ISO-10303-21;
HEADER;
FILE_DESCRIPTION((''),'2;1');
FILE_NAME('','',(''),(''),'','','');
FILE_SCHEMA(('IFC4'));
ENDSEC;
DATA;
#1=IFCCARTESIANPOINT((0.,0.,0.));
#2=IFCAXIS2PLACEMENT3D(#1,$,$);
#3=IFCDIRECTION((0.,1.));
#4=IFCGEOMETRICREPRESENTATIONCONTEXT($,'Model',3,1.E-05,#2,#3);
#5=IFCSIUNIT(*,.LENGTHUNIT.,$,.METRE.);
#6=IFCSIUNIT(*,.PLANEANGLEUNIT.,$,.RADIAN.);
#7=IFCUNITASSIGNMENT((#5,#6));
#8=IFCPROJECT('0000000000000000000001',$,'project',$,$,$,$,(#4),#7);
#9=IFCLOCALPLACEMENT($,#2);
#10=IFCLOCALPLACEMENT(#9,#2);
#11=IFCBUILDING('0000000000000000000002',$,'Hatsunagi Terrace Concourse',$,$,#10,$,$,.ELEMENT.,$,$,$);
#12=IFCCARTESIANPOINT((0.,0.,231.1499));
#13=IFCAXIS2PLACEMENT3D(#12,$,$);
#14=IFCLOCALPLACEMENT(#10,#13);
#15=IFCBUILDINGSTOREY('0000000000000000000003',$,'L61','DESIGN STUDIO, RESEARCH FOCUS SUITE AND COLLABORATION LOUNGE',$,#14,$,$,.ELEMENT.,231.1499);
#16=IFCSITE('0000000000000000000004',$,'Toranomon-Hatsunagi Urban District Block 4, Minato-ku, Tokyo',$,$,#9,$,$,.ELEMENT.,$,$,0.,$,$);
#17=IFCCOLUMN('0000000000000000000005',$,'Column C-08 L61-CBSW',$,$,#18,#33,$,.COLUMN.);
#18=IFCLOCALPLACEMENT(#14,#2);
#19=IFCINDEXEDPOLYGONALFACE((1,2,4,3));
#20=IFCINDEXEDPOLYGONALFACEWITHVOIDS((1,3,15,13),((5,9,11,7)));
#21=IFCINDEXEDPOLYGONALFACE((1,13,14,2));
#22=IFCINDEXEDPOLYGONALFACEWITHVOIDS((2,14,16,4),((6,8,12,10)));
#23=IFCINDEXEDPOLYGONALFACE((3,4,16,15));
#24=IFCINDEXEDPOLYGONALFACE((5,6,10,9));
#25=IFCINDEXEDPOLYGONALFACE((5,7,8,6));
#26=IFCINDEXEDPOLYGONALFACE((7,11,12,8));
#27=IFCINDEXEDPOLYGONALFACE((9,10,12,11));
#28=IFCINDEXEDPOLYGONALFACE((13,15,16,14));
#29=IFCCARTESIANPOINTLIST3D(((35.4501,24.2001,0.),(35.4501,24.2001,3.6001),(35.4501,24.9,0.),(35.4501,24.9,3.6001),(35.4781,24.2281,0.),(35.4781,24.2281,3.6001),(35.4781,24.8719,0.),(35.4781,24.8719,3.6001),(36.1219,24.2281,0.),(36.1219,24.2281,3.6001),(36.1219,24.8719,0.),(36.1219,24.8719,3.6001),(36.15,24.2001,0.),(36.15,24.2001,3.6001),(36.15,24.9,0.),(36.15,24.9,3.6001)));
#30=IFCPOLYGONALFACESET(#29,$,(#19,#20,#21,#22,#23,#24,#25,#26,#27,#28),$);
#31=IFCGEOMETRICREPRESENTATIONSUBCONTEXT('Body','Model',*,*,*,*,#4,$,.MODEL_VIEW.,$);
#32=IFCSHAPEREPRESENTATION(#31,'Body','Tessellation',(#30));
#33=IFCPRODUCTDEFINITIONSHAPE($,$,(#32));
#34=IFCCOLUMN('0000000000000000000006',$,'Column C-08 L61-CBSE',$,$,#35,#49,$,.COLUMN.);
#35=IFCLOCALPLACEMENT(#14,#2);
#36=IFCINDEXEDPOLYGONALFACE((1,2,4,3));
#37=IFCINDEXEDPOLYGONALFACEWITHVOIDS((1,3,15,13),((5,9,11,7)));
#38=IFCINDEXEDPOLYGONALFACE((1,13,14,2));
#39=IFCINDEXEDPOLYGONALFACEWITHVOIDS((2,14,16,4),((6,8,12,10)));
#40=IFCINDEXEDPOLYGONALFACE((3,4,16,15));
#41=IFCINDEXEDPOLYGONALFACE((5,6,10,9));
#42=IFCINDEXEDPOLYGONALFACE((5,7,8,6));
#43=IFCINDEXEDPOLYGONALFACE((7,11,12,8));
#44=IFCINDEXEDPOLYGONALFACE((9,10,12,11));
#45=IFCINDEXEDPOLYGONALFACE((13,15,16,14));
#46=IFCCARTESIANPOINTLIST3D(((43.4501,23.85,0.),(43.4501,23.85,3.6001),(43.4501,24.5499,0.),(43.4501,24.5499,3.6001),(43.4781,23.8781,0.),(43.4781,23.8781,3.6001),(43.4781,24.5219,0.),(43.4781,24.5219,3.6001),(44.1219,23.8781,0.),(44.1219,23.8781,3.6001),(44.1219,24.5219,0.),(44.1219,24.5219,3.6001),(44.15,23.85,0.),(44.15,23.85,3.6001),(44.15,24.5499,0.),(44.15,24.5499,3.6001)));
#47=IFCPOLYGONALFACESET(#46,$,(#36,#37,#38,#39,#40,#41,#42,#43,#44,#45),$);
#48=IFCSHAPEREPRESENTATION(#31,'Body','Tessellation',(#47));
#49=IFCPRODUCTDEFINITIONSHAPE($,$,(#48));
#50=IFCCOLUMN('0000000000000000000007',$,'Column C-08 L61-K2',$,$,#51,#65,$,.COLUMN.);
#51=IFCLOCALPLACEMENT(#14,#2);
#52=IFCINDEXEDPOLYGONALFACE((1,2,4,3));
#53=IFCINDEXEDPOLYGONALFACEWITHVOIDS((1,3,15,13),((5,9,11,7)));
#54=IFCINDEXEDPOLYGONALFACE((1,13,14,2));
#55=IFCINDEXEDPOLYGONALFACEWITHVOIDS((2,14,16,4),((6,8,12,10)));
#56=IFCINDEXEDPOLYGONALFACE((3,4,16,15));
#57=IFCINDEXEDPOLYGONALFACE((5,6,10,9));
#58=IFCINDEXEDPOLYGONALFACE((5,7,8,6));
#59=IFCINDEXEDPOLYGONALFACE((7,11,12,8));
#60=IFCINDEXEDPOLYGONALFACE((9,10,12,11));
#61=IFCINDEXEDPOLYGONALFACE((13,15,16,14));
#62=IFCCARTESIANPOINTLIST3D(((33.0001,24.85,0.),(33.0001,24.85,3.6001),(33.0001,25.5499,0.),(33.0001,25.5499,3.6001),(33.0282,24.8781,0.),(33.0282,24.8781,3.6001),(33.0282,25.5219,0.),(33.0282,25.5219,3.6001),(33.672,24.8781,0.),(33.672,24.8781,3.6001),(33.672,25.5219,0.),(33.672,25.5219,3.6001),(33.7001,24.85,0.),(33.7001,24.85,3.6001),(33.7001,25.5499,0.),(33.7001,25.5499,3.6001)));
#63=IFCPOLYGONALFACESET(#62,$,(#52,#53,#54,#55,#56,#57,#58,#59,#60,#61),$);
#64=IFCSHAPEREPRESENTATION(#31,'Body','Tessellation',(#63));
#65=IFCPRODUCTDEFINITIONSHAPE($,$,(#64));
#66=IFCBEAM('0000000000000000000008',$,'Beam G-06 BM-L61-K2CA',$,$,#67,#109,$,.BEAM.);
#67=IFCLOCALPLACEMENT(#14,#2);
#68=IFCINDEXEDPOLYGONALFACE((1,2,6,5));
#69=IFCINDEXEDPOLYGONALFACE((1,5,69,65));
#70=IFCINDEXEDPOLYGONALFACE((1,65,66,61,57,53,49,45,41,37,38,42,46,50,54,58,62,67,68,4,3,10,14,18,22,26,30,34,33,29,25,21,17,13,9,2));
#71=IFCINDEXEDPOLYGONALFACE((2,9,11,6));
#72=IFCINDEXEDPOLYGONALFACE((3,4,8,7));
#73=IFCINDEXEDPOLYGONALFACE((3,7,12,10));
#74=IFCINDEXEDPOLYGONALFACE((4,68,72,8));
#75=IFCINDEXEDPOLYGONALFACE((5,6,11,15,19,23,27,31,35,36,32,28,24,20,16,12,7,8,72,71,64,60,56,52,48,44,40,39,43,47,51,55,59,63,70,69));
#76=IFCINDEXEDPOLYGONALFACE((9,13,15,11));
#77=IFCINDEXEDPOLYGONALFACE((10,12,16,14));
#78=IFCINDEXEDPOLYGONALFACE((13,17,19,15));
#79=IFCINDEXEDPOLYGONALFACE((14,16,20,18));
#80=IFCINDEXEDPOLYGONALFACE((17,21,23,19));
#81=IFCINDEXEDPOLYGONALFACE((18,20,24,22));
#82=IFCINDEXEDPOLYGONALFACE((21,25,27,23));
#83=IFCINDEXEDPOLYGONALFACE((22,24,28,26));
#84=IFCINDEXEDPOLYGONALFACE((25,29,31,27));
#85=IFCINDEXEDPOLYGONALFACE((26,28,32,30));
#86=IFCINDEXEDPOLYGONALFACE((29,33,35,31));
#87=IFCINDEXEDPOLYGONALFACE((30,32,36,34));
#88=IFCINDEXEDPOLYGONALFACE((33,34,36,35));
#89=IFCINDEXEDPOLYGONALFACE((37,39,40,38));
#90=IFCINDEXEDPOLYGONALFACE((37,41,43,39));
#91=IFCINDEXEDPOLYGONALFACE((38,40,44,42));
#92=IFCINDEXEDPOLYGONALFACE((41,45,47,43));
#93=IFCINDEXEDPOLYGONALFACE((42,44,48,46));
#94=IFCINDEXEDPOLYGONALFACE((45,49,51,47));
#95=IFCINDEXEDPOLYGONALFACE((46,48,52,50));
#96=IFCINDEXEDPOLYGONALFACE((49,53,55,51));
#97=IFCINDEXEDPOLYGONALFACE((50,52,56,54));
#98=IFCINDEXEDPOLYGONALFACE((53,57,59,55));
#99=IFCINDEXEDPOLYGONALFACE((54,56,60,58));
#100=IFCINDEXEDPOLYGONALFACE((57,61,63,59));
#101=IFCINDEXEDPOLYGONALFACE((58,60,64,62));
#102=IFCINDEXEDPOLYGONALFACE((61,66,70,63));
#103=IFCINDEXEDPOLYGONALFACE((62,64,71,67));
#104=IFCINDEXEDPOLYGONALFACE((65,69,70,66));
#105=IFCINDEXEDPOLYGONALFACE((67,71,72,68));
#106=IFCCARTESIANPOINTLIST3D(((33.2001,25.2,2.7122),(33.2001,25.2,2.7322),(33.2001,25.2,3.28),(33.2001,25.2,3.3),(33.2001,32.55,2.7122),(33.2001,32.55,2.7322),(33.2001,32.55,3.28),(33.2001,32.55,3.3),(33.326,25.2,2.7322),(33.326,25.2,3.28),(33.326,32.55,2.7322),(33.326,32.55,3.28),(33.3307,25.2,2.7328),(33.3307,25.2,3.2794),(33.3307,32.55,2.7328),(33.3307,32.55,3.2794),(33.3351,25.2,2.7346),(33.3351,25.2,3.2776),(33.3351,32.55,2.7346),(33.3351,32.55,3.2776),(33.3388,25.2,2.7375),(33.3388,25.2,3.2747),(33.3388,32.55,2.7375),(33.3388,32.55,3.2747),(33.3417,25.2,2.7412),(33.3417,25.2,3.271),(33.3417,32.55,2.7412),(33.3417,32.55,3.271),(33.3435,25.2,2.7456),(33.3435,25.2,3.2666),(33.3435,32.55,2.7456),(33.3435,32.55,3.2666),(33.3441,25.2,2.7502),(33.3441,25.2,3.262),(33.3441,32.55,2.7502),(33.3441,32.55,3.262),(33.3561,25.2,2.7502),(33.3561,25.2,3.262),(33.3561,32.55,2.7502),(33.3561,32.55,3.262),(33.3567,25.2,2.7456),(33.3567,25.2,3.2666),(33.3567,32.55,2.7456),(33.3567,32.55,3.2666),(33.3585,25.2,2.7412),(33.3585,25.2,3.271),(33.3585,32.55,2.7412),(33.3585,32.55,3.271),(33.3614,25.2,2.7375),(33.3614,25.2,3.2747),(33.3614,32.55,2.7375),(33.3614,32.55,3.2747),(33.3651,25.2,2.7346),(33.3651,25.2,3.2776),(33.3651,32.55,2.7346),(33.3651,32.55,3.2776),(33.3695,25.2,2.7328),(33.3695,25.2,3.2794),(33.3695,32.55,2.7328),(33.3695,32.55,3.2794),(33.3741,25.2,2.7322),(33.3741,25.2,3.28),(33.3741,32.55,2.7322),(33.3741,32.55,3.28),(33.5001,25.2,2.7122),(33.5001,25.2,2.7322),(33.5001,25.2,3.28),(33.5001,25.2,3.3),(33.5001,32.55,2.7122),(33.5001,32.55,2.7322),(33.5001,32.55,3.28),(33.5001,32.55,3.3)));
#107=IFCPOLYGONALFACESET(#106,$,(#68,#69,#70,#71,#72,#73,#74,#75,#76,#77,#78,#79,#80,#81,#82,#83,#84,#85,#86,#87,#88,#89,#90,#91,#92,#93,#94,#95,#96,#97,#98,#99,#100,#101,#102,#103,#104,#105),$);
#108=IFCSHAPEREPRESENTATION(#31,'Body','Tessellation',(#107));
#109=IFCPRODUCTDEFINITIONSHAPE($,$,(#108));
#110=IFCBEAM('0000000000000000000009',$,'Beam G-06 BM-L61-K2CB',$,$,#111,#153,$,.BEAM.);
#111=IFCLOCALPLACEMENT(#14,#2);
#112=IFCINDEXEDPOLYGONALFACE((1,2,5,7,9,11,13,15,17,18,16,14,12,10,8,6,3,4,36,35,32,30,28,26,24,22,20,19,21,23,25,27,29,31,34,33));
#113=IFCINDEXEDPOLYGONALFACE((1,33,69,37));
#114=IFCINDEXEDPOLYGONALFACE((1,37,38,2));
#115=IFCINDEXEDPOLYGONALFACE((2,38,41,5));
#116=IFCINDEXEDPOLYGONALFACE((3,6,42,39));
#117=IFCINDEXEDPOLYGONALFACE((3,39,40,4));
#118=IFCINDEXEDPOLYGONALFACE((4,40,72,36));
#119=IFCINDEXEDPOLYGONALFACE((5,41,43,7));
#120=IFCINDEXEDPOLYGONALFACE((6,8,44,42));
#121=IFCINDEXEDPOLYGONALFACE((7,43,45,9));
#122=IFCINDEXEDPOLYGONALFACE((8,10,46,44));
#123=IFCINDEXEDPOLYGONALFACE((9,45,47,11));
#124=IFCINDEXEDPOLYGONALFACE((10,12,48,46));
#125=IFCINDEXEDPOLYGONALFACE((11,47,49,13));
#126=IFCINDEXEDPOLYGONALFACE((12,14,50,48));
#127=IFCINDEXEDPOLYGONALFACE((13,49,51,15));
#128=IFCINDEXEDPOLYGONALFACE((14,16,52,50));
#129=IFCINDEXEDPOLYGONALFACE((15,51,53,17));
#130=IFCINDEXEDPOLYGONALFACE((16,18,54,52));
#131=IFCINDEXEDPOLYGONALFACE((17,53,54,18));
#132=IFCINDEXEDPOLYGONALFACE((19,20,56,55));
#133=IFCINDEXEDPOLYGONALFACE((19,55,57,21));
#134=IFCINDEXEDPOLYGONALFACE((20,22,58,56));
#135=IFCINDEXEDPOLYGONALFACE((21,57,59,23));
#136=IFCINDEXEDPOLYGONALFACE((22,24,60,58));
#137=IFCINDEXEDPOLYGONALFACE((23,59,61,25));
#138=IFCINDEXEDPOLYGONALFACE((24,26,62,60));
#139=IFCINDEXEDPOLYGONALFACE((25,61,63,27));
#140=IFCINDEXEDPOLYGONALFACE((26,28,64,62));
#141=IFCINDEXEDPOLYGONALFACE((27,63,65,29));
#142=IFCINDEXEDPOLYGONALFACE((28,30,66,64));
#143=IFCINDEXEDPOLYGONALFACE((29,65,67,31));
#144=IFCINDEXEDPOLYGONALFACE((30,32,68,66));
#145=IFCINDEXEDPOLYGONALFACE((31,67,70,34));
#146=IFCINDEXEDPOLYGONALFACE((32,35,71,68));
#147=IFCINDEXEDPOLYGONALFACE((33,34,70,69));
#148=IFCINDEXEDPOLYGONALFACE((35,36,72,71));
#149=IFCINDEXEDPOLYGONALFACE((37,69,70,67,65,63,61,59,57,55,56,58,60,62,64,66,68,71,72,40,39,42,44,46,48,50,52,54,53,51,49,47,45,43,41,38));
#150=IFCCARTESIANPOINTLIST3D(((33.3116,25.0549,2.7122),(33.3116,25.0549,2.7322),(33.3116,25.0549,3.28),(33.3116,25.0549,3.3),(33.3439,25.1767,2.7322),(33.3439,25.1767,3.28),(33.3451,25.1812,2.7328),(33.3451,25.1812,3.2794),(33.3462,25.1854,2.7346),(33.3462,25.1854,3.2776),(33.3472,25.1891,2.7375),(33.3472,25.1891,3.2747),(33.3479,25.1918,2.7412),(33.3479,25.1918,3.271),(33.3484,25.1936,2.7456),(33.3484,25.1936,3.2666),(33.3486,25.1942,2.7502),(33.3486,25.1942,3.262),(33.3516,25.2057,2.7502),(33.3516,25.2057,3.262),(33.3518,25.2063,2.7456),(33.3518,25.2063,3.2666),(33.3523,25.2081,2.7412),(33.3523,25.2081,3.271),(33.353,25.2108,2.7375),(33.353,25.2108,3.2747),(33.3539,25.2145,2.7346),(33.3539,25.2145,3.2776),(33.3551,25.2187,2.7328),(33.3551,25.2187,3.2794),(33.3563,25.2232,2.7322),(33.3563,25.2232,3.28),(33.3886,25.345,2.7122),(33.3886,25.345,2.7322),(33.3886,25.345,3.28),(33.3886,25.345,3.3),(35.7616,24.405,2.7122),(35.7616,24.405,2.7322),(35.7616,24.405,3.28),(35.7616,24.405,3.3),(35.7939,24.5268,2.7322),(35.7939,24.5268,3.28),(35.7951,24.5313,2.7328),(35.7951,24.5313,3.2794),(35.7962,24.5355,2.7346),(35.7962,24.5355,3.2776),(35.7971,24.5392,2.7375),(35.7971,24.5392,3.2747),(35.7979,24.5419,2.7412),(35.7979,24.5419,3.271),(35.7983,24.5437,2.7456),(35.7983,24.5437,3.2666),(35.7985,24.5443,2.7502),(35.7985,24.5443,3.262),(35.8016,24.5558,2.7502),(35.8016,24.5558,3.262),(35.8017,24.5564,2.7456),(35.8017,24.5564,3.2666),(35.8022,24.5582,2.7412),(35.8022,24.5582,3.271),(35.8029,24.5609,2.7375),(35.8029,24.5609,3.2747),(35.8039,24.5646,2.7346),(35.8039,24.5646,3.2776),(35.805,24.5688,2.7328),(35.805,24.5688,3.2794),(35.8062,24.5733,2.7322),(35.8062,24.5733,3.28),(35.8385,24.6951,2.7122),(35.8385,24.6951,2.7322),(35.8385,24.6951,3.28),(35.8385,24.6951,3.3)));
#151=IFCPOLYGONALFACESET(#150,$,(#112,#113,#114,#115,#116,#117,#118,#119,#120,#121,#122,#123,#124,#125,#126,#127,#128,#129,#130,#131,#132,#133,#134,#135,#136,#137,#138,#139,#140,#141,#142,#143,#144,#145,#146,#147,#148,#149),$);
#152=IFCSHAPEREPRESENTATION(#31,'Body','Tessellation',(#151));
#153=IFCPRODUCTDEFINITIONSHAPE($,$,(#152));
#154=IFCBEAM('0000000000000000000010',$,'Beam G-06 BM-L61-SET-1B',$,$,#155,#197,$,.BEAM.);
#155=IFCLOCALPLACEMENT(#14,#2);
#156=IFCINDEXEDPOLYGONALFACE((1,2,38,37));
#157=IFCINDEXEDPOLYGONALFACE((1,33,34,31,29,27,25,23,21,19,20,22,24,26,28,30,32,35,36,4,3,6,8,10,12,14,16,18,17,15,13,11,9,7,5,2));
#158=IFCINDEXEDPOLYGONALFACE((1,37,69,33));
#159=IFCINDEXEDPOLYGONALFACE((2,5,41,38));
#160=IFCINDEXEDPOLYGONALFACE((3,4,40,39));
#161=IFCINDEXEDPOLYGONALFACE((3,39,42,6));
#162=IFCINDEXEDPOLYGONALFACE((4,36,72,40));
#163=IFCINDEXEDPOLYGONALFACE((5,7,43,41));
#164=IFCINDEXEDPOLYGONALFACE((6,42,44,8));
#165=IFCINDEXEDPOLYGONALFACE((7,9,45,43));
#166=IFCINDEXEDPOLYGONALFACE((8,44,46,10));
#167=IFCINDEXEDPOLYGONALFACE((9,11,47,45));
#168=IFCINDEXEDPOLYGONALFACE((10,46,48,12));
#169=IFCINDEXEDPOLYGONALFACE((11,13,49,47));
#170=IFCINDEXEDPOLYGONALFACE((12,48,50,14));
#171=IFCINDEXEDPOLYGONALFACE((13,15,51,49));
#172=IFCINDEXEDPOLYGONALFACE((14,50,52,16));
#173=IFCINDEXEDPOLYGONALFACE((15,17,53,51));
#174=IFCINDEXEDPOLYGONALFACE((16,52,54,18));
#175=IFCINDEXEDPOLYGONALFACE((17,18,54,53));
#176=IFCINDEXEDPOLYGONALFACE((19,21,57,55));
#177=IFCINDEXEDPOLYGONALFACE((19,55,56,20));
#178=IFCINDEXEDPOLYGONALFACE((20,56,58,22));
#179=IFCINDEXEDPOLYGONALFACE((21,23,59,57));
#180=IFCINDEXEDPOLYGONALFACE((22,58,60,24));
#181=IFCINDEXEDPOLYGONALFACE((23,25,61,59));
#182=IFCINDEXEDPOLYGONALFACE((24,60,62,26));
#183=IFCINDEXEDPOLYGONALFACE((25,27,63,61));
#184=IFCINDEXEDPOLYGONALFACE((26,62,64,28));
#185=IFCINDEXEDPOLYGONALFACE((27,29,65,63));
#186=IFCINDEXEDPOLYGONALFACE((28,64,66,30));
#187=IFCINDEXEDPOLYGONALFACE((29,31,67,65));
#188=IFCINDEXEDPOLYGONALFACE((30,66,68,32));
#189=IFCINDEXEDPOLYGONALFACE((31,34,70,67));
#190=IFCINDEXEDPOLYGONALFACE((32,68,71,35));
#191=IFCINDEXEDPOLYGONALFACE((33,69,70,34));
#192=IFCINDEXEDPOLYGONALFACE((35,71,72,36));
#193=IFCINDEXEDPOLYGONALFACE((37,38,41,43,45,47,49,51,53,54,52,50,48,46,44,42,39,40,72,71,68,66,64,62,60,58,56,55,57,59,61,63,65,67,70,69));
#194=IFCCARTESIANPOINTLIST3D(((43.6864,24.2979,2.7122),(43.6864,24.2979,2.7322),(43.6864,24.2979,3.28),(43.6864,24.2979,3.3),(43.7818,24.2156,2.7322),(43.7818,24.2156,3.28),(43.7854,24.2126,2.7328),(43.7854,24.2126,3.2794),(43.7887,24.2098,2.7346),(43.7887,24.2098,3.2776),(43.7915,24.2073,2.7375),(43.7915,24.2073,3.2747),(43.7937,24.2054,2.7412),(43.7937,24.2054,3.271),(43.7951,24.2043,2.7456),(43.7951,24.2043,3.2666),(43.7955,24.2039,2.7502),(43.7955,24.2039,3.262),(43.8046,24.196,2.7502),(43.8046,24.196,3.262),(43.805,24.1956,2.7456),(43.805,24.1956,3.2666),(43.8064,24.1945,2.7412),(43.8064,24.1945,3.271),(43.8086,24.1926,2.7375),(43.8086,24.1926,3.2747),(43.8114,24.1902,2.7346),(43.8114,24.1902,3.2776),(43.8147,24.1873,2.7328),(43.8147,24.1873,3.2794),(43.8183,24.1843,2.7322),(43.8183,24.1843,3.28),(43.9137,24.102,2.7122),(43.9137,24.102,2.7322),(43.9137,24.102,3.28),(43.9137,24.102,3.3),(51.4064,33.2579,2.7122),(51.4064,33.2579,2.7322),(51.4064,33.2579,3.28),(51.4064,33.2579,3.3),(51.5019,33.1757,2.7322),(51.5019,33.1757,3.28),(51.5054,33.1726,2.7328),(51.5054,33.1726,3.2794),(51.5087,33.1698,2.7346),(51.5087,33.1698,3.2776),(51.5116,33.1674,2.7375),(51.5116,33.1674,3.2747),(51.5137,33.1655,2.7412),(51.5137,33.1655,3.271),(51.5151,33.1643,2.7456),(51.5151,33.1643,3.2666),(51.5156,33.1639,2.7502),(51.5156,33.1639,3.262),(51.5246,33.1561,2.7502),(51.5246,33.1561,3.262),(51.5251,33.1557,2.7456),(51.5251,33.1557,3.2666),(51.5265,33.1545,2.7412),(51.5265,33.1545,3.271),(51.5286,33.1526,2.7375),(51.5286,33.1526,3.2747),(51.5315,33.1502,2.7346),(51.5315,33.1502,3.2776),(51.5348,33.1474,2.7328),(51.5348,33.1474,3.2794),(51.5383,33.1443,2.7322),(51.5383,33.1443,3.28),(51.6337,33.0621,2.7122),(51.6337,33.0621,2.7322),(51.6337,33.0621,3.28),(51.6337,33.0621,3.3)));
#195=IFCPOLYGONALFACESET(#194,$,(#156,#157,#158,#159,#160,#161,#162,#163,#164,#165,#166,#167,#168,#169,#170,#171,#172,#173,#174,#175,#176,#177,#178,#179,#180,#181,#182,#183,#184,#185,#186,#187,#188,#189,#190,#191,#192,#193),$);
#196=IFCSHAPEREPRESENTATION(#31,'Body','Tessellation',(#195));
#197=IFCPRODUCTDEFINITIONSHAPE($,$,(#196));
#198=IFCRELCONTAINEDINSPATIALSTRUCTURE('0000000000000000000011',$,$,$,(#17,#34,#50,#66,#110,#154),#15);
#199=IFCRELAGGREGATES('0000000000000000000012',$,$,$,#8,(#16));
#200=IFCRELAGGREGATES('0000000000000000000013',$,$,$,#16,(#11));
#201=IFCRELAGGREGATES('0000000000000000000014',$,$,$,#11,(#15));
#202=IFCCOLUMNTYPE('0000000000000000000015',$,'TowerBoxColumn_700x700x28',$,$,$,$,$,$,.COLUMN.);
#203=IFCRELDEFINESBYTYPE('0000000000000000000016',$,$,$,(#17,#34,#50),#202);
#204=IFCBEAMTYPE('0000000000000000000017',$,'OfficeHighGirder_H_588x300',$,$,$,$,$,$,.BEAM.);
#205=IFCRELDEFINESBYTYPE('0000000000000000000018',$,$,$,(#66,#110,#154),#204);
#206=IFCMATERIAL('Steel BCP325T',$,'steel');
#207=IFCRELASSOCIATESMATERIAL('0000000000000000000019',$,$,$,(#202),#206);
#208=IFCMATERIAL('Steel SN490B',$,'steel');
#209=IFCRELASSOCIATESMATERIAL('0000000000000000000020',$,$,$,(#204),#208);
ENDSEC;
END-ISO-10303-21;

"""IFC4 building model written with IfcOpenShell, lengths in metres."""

from ifc_helpers import new_model, si_unit, direction, frame, origin, origin_2d, place, context, subcontext, project, spatial, hollow_rectangle, i_section, extrude, material, material_profile, profile_set, type_object, element, save


model = new_model("IFC4")

# Units and contexts
model_context = context("Model", 3, precision=1e-05, world=origin(), true_north=direction((0.0, 1.0)))
body_context = subcontext(model_context, "Body", "Model", "MODEL_VIEW")
ifc_project = project(units=[si_unit("LENGTHUNIT", "METRE"), si_unit("PLANEANGLEUNIT", "RADIAN")], contexts=[model_context])

# Site, building, storey
site_placement = place(None, origin())
site = spatial("IfcSite", under=ifc_project, at=site_placement, Name="Toranomon-Hatsunagi Urban District Block 4, Minato-ku, Tokyo", CompositionType="ELEMENT", RefElevation=0.0)
building_placement = place(site_placement, origin())
building = spatial("IfcBuilding", under=site, at=building_placement, Name="Hatsunagi Terrace Concourse", CompositionType="ELEMENT")
storey_placement = place(building_placement, frame((0.0, 0.0, 231.1499)))
storey = spatial("IfcBuildingStorey", under=building, at=storey_placement, Name="L61", Description="DESIGN STUDIO, RESEARCH FOCUS SUITE AND COLLABORATION LOUNGE", CompositionType="ELEMENT", Elevation=231.1499)

# Columns
ifc_material_1 = material(Name="Steel BCP325T", Category="steel")
ifc_material_profile_1 = material_profile(ifc_material_1, hollow_rectangle(XDim=0.7, YDim=0.7, WallThickness=0.0281, at=origin_2d()), Name="BCP-700x700x28")
ifc_profile_set_1 = profile_set([ifc_material_profile_1], Name="Steel BCP325T")
column_type = type_object("IfcColumnType", Name="TowerBoxColumn_700x700x28", PredefinedType="COLUMN", material=ifc_profile_set_1)
for number, where, z_axis, x_axis, name in (
    (1, (35.8, 24.55, 0.0), (0.0, 0.0, 1.0), (1.0, 0.0, 0.0), "Column C-08 L61-CBSW"),
    (2, (43.8, 24.2, 0.0), (0.0, 0.0, 1.0), (1.0, 0.0, 0.0), "Column C-08 L61-CBSE"),
    (3, (33.3501, 25.2, 0.0), (0.0, 0.0, 1.0), (1.0, 0.0, 0.0), "Column C-08 L61-K2"),
):
    element("IfcColumn", number, at=place(storey_placement, frame(where, z_axis=z_axis, x_axis=x_axis)), inside=storey, type_object=column_type, Name=name, PredefinedType="COLUMN", context=body_context, shape_type="SweptSolid", body=[
        extrude(hollow_rectangle(XDim=0.7, YDim=0.7, WallThickness=0.0281, at=origin_2d()), origin(), (0.0, 0.0, 1.0), 3.6001),
    ])

# Beams
ifc_material_2 = material(Name="Steel SN490B", Category="steel")
ifc_material_profile_2 = material_profile(ifc_material_2, i_section(OverallWidth=0.3, OverallDepth=0.5879, WebThickness=0.012, FlangeThickness=0.02, FilletRadius=0.0181, at=origin_2d()), Name="H-588x300x12x20")
ifc_profile_set_2 = profile_set([ifc_material_profile_2], Name="Steel SN490B")
beam_type_1 = type_object("IfcBeamType", Name="OfficeHighGirder_H_588x300", PredefinedType="BEAM", material=ifc_profile_set_2)
beam_1_placement = place(storey_placement, frame((33.3501, 25.2, 3.0061), z_axis=(0.0, 1.0, 0.0), x_axis=(-1.0, 0.0, 0.0)))
element("IfcBeam", 4, at=beam_1_placement, inside=storey, type_object=beam_type_1, Name="Beam G-06 BM-L61-K2CA", PredefinedType="BEAM", context=body_context, shape_type="SweptSolid", body=[
    extrude(i_section(OverallWidth=0.3, OverallDepth=0.5879, WebThickness=0.012, FlangeThickness=0.02, FilletRadius=0.0181, at=origin_2d()), origin(), (0.0, 0.0, 1.0), 7.3501),
])
beam_2_placement = place(storey_placement, frame((33.3501, 25.2, 3.0061), z_axis=(0.96657, -0.256403, 0.0), x_axis=(0.256403, 0.96657, 0.0)))
element("IfcBeam", 5, at=beam_2_placement, inside=storey, type_object=beam_type_1, Name="Beam G-06 BM-L61-K2CB", PredefinedType="BEAM", context=body_context, shape_type="SweptSolid", body=[
    extrude(i_section(OverallWidth=0.3, OverallDepth=0.5879, WebThickness=0.012, FlangeThickness=0.02, FilletRadius=0.0181, at=origin_2d()), origin(), (0.0, 0.0, 1.0), 2.5347),
])
beam_3_placement = place(storey_placement, frame((43.8, 24.2, 3.0061), z_axis=(0.652739, 0.757583, 0.0), x_axis=(-0.757583, 0.652739, 0.0)))
element("IfcBeam", 6, at=beam_3_placement, inside=storey, type_object=beam_type_1, Name="Beam G-06 BM-L61-SET-1B", PredefinedType="BEAM", context=body_context, shape_type="SweptSolid", body=[
    extrude(i_section(OverallWidth=0.3, OverallDepth=0.5879, WebThickness=0.012, FlangeThickness=0.02, FilletRadius=0.0181, at=origin_2d()), origin(), (0.0, 0.0, 1.0), 11.8271),
])

save(model, "model.ifc")
